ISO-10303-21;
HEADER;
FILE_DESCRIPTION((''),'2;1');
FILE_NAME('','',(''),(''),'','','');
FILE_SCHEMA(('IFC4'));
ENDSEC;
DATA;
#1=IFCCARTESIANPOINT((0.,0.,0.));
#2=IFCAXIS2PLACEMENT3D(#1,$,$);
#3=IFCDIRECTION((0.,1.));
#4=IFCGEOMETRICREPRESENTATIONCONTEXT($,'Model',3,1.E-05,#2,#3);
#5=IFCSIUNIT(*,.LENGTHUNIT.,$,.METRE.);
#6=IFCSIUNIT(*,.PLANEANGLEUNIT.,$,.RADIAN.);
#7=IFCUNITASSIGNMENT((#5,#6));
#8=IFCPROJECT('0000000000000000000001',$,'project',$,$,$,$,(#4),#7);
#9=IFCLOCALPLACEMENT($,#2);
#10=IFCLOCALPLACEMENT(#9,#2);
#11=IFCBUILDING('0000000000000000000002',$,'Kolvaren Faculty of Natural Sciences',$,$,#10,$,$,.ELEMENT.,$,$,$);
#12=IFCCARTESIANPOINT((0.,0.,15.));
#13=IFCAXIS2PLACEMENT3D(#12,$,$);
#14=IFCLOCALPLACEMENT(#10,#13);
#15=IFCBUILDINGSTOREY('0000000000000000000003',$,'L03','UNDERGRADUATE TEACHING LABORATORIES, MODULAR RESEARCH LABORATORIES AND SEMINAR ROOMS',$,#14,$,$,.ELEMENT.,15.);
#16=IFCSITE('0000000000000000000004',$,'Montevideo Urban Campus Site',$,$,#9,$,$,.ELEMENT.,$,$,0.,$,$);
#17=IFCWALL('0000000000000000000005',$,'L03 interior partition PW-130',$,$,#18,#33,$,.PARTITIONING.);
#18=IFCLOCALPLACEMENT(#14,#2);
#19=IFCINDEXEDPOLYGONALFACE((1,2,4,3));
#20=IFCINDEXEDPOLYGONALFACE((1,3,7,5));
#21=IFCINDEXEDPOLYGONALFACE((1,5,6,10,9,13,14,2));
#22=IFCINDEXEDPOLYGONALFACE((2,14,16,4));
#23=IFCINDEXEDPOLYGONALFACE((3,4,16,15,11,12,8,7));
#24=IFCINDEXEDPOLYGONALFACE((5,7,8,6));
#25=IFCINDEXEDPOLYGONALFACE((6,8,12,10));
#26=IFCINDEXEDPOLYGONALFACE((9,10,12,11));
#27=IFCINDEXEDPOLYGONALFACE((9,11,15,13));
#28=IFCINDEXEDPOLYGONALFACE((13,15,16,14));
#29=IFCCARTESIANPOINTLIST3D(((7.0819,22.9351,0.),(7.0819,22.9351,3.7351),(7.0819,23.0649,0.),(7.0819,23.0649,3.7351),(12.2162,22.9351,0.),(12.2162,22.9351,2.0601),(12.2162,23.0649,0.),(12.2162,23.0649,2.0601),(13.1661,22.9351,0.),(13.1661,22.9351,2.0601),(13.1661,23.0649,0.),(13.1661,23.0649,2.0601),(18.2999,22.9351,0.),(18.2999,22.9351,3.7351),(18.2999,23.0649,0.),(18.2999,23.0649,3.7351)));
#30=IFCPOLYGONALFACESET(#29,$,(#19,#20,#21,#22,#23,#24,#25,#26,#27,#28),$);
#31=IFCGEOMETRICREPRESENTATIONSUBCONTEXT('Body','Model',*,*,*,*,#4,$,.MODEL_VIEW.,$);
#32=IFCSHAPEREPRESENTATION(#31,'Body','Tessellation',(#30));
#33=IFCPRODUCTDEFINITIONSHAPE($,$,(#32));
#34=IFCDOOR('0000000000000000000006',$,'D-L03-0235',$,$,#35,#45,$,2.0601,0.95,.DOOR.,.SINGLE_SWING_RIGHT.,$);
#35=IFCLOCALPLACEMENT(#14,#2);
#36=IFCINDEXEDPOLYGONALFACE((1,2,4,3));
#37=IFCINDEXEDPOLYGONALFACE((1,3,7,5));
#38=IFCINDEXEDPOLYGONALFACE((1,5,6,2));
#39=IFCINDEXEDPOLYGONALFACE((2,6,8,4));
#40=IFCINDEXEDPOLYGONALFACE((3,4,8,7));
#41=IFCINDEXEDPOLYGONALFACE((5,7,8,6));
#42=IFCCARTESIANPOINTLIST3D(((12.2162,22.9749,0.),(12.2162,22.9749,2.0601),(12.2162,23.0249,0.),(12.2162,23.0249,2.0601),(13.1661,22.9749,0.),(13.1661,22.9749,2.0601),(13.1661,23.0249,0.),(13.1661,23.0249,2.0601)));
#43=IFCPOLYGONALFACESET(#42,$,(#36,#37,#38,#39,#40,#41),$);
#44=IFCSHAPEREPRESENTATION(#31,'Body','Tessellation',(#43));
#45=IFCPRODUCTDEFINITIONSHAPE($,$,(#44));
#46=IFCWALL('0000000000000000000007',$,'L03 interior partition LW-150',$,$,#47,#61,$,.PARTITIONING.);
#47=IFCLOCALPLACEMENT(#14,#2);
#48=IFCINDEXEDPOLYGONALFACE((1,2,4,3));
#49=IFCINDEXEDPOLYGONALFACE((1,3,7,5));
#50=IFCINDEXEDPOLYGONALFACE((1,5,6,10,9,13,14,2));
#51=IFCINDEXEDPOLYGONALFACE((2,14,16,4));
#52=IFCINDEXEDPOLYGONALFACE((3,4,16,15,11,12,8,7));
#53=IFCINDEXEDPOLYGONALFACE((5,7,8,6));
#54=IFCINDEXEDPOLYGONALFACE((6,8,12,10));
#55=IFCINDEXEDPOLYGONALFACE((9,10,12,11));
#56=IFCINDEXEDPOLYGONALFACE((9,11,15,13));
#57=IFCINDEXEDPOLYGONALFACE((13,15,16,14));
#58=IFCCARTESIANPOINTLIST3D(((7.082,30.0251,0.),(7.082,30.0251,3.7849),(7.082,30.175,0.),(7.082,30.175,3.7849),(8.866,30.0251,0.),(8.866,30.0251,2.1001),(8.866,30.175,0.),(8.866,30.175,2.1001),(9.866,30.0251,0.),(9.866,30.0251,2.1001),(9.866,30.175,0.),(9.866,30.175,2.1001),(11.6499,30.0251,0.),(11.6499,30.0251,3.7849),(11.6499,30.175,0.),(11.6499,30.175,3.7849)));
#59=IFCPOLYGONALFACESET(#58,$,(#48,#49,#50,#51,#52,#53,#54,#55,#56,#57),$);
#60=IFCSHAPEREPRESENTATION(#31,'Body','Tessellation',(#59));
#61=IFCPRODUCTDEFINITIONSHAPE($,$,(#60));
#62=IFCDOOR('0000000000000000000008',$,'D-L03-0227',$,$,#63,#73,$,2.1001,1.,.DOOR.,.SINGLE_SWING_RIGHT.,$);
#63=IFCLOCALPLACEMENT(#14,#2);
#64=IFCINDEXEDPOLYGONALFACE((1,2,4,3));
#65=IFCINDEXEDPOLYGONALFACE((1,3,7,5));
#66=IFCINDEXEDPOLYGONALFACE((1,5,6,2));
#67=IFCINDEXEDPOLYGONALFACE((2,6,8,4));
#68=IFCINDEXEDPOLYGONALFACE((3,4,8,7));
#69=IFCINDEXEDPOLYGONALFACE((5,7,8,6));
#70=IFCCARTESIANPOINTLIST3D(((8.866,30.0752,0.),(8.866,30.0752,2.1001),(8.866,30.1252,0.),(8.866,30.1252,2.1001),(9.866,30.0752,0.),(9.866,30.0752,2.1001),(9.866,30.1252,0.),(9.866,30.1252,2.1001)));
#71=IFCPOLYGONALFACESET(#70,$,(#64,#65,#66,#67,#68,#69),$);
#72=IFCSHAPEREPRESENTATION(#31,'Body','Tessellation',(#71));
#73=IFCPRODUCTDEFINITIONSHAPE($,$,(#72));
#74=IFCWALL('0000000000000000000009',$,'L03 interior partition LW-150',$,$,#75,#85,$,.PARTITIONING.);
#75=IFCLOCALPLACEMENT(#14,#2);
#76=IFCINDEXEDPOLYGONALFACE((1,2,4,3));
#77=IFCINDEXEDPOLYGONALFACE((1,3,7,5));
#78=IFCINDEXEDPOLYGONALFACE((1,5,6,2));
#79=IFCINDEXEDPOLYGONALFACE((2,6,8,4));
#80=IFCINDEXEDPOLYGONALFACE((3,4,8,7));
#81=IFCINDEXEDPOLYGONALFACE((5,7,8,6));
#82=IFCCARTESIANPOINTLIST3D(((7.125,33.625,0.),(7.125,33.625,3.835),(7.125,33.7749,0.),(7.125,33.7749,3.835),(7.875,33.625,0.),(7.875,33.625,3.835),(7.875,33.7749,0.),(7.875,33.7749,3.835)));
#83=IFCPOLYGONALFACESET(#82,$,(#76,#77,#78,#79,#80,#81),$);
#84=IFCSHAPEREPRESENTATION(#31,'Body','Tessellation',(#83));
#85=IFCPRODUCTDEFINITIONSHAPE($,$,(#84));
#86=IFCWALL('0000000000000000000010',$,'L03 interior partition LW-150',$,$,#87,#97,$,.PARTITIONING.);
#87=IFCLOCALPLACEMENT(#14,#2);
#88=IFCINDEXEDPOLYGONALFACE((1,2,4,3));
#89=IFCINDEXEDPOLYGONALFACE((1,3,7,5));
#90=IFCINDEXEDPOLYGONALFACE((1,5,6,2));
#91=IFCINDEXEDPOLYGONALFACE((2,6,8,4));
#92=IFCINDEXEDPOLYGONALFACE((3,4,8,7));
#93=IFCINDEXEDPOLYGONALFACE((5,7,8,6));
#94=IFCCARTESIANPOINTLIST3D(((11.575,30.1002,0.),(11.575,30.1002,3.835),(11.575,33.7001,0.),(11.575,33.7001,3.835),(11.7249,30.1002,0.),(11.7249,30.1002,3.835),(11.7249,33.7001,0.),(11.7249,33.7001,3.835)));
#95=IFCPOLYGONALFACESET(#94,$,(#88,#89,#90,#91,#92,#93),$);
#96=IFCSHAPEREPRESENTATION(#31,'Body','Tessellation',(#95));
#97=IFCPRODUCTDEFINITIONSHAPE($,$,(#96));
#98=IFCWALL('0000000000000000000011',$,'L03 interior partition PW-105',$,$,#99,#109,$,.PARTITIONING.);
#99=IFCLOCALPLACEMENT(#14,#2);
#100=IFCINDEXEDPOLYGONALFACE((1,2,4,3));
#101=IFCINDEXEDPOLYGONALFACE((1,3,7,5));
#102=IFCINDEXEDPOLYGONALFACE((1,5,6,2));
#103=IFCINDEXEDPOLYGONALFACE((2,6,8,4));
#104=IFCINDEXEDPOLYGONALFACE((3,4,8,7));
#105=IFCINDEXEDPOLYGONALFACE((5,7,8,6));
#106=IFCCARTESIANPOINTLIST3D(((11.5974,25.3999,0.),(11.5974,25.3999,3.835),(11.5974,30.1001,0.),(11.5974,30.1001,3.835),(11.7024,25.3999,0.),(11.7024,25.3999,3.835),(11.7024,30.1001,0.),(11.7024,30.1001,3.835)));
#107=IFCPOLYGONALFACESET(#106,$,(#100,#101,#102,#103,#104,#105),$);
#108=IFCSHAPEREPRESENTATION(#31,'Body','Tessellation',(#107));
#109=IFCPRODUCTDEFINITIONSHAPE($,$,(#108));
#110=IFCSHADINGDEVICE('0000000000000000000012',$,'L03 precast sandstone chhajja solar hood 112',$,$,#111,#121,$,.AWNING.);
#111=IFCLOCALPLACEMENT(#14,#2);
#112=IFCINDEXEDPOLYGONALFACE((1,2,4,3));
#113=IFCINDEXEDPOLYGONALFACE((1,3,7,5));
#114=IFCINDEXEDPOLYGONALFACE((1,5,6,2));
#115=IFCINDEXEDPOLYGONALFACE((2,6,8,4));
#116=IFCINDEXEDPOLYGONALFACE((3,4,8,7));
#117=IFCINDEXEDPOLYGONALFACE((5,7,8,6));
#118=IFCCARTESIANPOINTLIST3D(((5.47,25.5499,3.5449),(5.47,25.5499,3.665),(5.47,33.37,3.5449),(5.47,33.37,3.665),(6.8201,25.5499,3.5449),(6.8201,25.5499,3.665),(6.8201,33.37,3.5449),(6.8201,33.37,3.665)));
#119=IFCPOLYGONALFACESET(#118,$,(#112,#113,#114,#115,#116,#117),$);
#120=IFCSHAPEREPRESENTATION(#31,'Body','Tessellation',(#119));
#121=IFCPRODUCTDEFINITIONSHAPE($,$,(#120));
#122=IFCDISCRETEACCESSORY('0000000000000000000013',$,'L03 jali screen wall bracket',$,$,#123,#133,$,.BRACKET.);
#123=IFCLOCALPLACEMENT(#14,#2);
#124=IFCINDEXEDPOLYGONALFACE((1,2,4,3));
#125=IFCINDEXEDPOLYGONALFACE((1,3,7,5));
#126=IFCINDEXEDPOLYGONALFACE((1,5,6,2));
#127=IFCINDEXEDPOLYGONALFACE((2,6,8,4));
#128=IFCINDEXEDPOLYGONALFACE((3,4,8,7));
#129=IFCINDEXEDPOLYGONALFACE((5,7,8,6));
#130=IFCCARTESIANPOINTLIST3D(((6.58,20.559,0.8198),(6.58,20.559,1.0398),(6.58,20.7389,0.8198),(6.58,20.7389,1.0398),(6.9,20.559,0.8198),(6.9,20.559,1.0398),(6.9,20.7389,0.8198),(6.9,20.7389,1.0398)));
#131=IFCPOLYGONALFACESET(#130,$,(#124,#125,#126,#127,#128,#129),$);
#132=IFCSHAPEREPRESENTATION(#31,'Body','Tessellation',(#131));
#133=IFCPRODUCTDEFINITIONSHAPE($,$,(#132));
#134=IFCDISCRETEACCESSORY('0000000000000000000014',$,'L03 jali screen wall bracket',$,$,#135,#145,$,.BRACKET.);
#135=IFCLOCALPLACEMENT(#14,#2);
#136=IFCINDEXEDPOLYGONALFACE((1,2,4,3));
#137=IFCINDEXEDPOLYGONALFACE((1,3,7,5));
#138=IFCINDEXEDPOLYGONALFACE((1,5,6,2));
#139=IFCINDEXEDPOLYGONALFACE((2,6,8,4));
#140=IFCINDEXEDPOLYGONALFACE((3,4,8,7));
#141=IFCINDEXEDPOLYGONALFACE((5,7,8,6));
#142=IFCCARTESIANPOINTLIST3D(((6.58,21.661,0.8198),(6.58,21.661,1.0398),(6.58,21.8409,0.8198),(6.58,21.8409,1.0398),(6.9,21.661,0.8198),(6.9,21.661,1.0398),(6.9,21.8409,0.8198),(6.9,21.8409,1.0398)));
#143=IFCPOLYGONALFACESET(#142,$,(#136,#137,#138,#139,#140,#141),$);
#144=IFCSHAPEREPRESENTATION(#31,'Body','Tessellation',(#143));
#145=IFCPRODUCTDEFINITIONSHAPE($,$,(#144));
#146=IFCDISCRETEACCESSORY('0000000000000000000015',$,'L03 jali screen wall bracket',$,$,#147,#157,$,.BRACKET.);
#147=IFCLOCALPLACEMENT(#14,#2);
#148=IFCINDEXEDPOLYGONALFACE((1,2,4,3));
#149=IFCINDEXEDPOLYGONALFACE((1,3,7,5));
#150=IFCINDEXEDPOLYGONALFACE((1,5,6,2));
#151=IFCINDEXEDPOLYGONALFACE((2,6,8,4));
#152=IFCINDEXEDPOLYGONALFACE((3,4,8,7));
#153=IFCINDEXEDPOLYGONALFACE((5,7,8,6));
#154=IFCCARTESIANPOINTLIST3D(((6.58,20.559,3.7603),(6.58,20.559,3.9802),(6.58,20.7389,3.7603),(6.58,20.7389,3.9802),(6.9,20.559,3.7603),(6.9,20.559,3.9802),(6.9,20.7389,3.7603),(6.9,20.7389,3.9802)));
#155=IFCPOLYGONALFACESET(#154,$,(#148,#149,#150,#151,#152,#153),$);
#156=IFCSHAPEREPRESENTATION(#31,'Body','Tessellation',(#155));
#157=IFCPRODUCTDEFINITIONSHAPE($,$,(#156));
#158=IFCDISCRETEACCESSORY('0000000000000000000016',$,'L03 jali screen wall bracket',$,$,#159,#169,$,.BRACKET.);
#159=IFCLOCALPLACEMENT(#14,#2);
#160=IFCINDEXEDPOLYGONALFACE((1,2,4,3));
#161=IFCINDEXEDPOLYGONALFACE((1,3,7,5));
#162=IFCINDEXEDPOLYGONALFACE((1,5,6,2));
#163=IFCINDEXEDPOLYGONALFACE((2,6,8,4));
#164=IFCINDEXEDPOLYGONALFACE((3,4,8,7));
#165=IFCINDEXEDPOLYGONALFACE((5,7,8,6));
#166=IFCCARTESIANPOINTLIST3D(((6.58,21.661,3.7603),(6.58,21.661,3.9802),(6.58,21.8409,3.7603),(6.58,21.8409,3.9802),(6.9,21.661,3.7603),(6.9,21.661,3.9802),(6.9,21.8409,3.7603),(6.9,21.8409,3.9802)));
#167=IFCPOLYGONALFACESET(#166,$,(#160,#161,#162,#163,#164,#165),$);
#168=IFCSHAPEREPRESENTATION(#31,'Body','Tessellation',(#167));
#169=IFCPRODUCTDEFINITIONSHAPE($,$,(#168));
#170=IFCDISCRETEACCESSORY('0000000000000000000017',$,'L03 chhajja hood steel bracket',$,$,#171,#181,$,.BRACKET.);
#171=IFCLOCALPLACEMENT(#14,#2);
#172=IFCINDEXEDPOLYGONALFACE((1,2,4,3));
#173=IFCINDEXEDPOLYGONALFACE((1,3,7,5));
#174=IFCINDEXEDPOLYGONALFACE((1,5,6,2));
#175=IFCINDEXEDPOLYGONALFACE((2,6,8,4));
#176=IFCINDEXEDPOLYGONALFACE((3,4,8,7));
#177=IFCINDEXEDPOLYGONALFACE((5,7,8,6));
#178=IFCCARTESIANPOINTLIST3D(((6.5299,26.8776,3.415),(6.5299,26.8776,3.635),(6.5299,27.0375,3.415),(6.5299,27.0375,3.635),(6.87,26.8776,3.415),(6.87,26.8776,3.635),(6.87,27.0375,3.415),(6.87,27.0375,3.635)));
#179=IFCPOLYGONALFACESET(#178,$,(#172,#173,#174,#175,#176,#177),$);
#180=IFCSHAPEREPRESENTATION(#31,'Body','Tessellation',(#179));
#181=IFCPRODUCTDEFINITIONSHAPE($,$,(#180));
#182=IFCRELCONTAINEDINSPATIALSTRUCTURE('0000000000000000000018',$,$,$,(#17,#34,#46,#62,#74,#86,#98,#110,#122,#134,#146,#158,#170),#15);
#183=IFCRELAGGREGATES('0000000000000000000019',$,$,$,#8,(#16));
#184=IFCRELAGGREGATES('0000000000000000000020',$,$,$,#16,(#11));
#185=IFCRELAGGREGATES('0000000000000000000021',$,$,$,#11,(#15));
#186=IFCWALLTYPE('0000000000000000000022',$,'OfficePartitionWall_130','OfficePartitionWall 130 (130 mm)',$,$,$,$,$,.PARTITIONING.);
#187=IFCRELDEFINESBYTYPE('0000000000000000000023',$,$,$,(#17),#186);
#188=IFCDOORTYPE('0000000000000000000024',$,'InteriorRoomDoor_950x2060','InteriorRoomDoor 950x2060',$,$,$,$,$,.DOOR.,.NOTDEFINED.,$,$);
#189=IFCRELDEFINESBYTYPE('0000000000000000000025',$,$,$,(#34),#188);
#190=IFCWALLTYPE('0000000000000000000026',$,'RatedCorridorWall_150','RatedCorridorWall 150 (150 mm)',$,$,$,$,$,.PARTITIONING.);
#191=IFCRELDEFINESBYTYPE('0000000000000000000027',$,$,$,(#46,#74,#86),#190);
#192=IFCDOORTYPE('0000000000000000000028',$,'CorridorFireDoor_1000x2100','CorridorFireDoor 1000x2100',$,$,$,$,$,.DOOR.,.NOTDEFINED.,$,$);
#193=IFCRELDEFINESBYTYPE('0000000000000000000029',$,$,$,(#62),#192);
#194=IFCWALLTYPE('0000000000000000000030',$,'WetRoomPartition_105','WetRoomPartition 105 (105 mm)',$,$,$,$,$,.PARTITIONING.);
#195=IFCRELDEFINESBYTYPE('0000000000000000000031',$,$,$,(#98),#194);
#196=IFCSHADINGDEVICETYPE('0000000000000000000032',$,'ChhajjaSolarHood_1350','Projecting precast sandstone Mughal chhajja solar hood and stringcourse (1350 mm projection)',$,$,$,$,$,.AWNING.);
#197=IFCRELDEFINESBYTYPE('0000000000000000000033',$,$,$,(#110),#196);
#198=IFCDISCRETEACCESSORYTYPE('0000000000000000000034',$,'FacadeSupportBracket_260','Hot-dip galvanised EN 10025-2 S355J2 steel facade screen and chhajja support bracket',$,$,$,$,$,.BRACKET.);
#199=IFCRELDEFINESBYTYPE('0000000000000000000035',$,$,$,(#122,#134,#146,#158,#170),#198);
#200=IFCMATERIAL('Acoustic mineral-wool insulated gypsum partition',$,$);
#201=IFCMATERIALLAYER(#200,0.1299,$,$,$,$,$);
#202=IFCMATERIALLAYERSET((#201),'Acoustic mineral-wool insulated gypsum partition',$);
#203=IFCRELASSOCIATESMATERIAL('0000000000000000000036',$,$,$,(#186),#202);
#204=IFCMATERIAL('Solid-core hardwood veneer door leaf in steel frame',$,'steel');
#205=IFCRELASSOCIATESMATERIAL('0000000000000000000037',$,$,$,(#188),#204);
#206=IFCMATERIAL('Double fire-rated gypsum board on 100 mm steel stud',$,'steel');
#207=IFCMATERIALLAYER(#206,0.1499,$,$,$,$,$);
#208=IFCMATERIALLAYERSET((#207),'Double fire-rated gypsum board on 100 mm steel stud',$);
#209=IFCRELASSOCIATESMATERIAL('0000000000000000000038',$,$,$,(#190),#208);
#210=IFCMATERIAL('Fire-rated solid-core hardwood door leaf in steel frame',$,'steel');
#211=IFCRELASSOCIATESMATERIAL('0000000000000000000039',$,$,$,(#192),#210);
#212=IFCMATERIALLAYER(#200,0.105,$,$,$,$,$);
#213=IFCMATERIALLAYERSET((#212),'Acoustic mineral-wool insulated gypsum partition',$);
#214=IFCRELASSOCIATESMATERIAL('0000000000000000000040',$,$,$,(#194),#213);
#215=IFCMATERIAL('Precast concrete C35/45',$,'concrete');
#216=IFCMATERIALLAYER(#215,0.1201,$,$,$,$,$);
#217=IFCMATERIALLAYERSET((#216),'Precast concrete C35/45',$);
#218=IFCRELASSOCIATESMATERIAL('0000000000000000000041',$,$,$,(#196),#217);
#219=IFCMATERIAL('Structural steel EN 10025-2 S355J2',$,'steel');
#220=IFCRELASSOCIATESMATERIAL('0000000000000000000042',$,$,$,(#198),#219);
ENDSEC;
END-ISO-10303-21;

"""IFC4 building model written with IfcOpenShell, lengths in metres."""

from ifc_helpers import new_model, si_unit, direction, frame, frame_2d, origin, origin_2d, place, context, subcontext, project, spatial, rectangle, extrude, material, layer, layer_set, type_object, element, fill, save


model = new_model("IFC4")

# Units and contexts
model_context = context("Model", 3, precision=1e-05, world=origin(), true_north=direction((0.0, 1.0)))
body_context = subcontext(model_context, "Body", "Model", "MODEL_VIEW")
ifc_project = project(units=[si_unit("LENGTHUNIT", "METRE"), si_unit("PLANEANGLEUNIT", "RADIAN")], contexts=[model_context])

# Site, building, storey
site_placement = place(None, origin())
site = spatial("IfcSite", under=ifc_project, at=site_placement, Name="Montevideo Urban Campus Site", CompositionType="ELEMENT", RefElevation=0.0)
building_placement = place(site_placement, origin())
building = spatial("IfcBuilding", under=site, at=building_placement, Name="Kolvaren Faculty of Natural Sciences", CompositionType="ELEMENT")
storey_placement = place(building_placement, frame((0.0, 0.0, 15.0)))
storey = spatial("IfcBuildingStorey", under=building, at=storey_placement, Name="L03", Description="UNDERGRADUATE TEACHING LABORATORIES, MODULAR RESEARCH LABORATORIES AND SEMINAR ROOMS", CompositionType="ELEMENT", Elevation=15.0)

# Shared definitions
ifc_material_1 = material(Name="Precast concrete C35/45", Category="concrete")

# Walls, openings, doors
ifc_material_2 = material(Name="Acoustic mineral-wool insulated gypsum partition")
ifc_layer_1 = layer(ifc_material_2, 0.1299)
ifc_layer_set_1 = layer_set([ifc_layer_1], Name="Acoustic mineral-wool insulated gypsum partition")
wall_type_1 = type_object("IfcWallType", Name="OfficePartitionWall_130", Description="OfficePartitionWall 130 (130 mm)", PredefinedType="PARTITIONING", material=ifc_layer_set_1)
wall_1_placement = place(storey_placement, frame((7.082, 23.0, 0.0), z_axis=(0.0, 0.0, 1.0), x_axis=(1.0, 0.0, 0.0)))
wall_1 = element("IfcWall", 1, at=wall_1_placement, inside=storey, type_object=wall_type_1, Name="L03 interior partition PW-130", PredefinedType="PARTITIONING", context=body_context, shape_type="SweptSolid", body=[
    extrude(rectangle(XDim=11.218, YDim=0.1299, at=frame_2d((5.6089, 0.0))), origin(), (0.0, 0.0, 1.0), 3.7351),
])
opening_1_placement = place(wall_1_placement, frame((5.134, 0.0, 0.0)))
opening_1 = element("IfcOpeningElement", 2, at=opening_1_placement, cuts=wall_1, PredefinedType="OPENING", context=body_context, shape_type="SweptSolid", body=[
    extrude(rectangle(XDim=0.95, YDim=2.0601, at=frame_2d((0.4751, 1.03))), frame((0.0, 0.075, 0.0), z_axis=(0.0, -1.0, 0.0), x_axis=(1.0, 0.0, 0.0)), (0.0, 0.0, 1.0), 0.1499),
])
ifc_material_3 = material(Name="Solid-core hardwood veneer door leaf in steel frame", Category="steel")
door_type_1 = type_object("IfcDoorType", Name="InteriorRoomDoor_950x2060", Description="InteriorRoomDoor 950x2060", OperationType="NOTDEFINED", PredefinedType="DOOR", material=ifc_material_3)
door_1_placement = place(opening_1_placement, origin())
door_1 = element("IfcDoor", 3, at=door_1_placement, inside=storey, type_object=door_type_1, Name="D-L03-0235", OperationType="SINGLE_SWING_RIGHT", OverallHeight=2.0601, OverallWidth=0.95, PredefinedType="DOOR", context=body_context, shape_type="SweptSolid", body=[
    extrude(rectangle(XDim=0.95, YDim=2.0601, at=frame_2d((0.4751, 1.03))), frame((0.0, 0.0249, 0.0), z_axis=(0.0, -1.0, 0.0), x_axis=(1.0, 0.0, 0.0)), (0.0, 0.0, 1.0), 0.05),
])
fill(opening_1, door_1)
ifc_material_4 = material(Name="Double fire-rated gypsum board on 100 mm steel stud", Category="steel")
ifc_layer_2 = layer(ifc_material_4, 0.1499)
ifc_layer_set_2 = layer_set([ifc_layer_2], Name="Double fire-rated gypsum board on 100 mm steel stud")
wall_type_2 = type_object("IfcWallType", Name="RatedCorridorWall_150", Description="RatedCorridorWall 150 (150 mm)", PredefinedType="PARTITIONING", material=ifc_layer_set_2)
wall_2_placement = place(storey_placement, frame((11.6499, 30.1001, 0.0), z_axis=(0.0, 0.0, 1.0), x_axis=(-1.0, 0.0, 0.0)))
wall_2 = element("IfcWall", 4, at=wall_2_placement, inside=storey, type_object=wall_type_2, Name="L03 interior partition LW-150", PredefinedType="PARTITIONING", context=body_context, shape_type="SweptSolid", body=[
    extrude(rectangle(XDim=4.5679, YDim=0.1499, at=frame_2d((2.2839, 0.0))), origin(), (0.0, 0.0, 1.0), 3.7849),
])
opening_2_placement = place(wall_2_placement, frame((1.7839, 0.0, 0.0)))
opening_2 = element("IfcOpeningElement", 5, at=opening_2_placement, cuts=wall_2, PredefinedType="OPENING", context=body_context, shape_type="SweptSolid", body=[
    extrude(rectangle(XDim=1.0, YDim=2.1001, at=frame_2d((0.5, 1.05))), frame((0.0, 0.085, 0.0), z_axis=(0.0, -1.0, 0.0), x_axis=(1.0, 0.0, 0.0)), (0.0, 0.0, 1.0), 0.1699),
])
ifc_material_5 = material(Name="Fire-rated solid-core hardwood door leaf in steel frame", Category="steel")
door_type_2 = type_object("IfcDoorType", Name="CorridorFireDoor_1000x2100", Description="CorridorFireDoor 1000x2100", OperationType="NOTDEFINED", PredefinedType="DOOR", material=ifc_material_5)
door_2_placement = place(opening_2_placement, origin())
door_2 = element("IfcDoor", 6, at=door_2_placement, inside=storey, type_object=door_type_2, Name="D-L03-0227", OperationType="SINGLE_SWING_RIGHT", OverallHeight=2.1001, OverallWidth=1.0, PredefinedType="DOOR", context=body_context, shape_type="SweptSolid", body=[
    extrude(rectangle(XDim=1.0, YDim=2.1001, at=frame_2d((0.5, 1.05))), frame((0.0, 0.0249, 0.0), z_axis=(0.0, -1.0, 0.0), x_axis=(1.0, 0.0, 0.0)), (0.0, 0.0, 1.0), 0.05),
])
fill(opening_2, door_2)

# Walls
wall_3_placement = place(storey_placement, frame((7.125, 33.7, 0.0), z_axis=(0.0, 0.0, 1.0), x_axis=(1.0, 0.0, 0.0)))
element("IfcWall", 7, at=wall_3_placement, inside=storey, type_object=wall_type_2, Name="L03 interior partition LW-150", PredefinedType="PARTITIONING", context=body_context, shape_type="SweptSolid", body=[
    extrude(rectangle(XDim=0.75, YDim=0.1499, at=frame_2d((0.375, 0.0))), origin(), (0.0, 0.0, 1.0), 3.835),
])
wall_4_placement = place(storey_placement, frame((11.6499, 33.7, 0.0), z_axis=(0.0, 0.0, 1.0), x_axis=(0.0, -1.0, 0.0)))
element("IfcWall", 8, at=wall_4_placement, inside=storey, type_object=wall_type_2, Name="L03 interior partition LW-150", PredefinedType="PARTITIONING", context=body_context, shape_type="SweptSolid", body=[
    extrude(rectangle(XDim=3.5999, YDim=0.1499, at=frame_2d((1.7998, 0.0))), origin(), (0.0, 0.0, 1.0), 3.835),
])
ifc_layer_3 = layer(ifc_material_2, 0.105)
ifc_layer_set_3 = layer_set([ifc_layer_3], Name="Acoustic mineral-wool insulated gypsum partition")
wall_type_3 = type_object("IfcWallType", Name="WetRoomPartition_105", Description="WetRoomPartition 105 (105 mm)", PredefinedType="PARTITIONING", material=ifc_layer_set_3)
wall_5_placement = place(storey_placement, frame((11.6499, 25.3999, 0.0), z_axis=(0.0, 0.0, 1.0), x_axis=(0.0, 1.0, 0.0)))
element("IfcWall", 9, at=wall_5_placement, inside=storey, type_object=wall_type_3, Name="L03 interior partition PW-105", PredefinedType="PARTITIONING", context=body_context, shape_type="SweptSolid", body=[
    extrude(rectangle(XDim=4.7002, YDim=0.105, at=frame_2d((2.3501, 0.0))), origin(), (0.0, 0.0, 1.0), 3.835),
])

# Shading device
ifc_layer_4 = layer(ifc_material_1, 0.1201)
ifc_layer_set_4 = layer_set([ifc_layer_4], Name="Precast concrete C35/45")
shading_device_type = type_object("IfcShadingDeviceType", Name="ChhajjaSolarHood_1350", Description="Projecting precast sandstone Mughal chhajja solar hood and stringcourse (1350 mm projection)", PredefinedType="AWNING", material=ifc_layer_set_4)
shading_device_placement = place(storey_placement, frame((6.145, 29.46, 3.5449), z_axis=(0.0, 0.0, 1.0), x_axis=(0.0, 1.0, 0.0)))
element("IfcShadingDevice", 10, at=shading_device_placement, inside=storey, type_object=shading_device_type, Name="L03 precast sandstone chhajja solar hood 112", PredefinedType="AWNING", context=body_context, shape_type="SweptSolid", body=[
    extrude(rectangle(XDim=7.8201, YDim=1.3501, at=origin_2d()), origin(), (0.0, 0.0, 1.0), 0.1201),
])

# Discrete accessories
ifc_material_6 = material(Name="Structural steel EN 10025-2 S355J2", Category="steel")
discrete_accessory_type = type_object("IfcDiscreteAccessoryType", Name="FacadeSupportBracket_260", Description="Hot-dip galvanised EN 10025-2 S355J2 steel facade screen and chhajja support bracket", PredefinedType="BRACKET", material=ifc_material_6)
for number, where, z_axis, x_axis, name in (
    (11, (6.74, 20.6489, 0.8198), (0.0, 0.0, 1.0), (0.0, 1.0, 0.0), "L03 jali screen wall bracket"),
    (12, (6.74, 21.751, 0.8198), (0.0, 0.0, 1.0), (0.0, 1.0, 0.0), "L03 jali screen wall bracket"),
    (13, (6.74, 20.6489, 3.7603), (0.0, 0.0, 1.0), (0.0, 1.0, 0.0), "L03 jali screen wall bracket"),
    (14, (6.74, 21.751, 3.7603), (0.0, 0.0, 1.0), (0.0, 1.0, 0.0), "L03 jali screen wall bracket"),
):
    element("IfcDiscreteAccessory", number, at=place(storey_placement, frame(where, z_axis=z_axis, x_axis=x_axis)), inside=storey, type_object=discrete_accessory_type, Name=name, PredefinedType="BRACKET", context=body_context, shape_type="SweptSolid", body=[
        extrude(rectangle(XDim=0.1799, YDim=0.3201, at=origin_2d()), origin(), (0.0, 0.0, 1.0), 0.22),
    ])
for number, where, z_axis, x_axis, name in (
    (15, (6.7, 26.9575, 3.415), (0.0, 0.0, 1.0), (0.0, 1.0, 0.0), "L03 chhajja hood steel bracket"),
):
    element("IfcDiscreteAccessory", number, at=place(storey_placement, frame(where, z_axis=z_axis, x_axis=x_axis)), inside=storey, type_object=discrete_accessory_type, Name=name, PredefinedType="BRACKET", context=body_context, shape_type="SweptSolid", body=[
        extrude(rectangle(XDim=0.1599, YDim=0.3401, at=origin_2d()), origin(), (0.0, 0.0, 1.0), 0.22),
    ])

save(model, "model.ifc")
